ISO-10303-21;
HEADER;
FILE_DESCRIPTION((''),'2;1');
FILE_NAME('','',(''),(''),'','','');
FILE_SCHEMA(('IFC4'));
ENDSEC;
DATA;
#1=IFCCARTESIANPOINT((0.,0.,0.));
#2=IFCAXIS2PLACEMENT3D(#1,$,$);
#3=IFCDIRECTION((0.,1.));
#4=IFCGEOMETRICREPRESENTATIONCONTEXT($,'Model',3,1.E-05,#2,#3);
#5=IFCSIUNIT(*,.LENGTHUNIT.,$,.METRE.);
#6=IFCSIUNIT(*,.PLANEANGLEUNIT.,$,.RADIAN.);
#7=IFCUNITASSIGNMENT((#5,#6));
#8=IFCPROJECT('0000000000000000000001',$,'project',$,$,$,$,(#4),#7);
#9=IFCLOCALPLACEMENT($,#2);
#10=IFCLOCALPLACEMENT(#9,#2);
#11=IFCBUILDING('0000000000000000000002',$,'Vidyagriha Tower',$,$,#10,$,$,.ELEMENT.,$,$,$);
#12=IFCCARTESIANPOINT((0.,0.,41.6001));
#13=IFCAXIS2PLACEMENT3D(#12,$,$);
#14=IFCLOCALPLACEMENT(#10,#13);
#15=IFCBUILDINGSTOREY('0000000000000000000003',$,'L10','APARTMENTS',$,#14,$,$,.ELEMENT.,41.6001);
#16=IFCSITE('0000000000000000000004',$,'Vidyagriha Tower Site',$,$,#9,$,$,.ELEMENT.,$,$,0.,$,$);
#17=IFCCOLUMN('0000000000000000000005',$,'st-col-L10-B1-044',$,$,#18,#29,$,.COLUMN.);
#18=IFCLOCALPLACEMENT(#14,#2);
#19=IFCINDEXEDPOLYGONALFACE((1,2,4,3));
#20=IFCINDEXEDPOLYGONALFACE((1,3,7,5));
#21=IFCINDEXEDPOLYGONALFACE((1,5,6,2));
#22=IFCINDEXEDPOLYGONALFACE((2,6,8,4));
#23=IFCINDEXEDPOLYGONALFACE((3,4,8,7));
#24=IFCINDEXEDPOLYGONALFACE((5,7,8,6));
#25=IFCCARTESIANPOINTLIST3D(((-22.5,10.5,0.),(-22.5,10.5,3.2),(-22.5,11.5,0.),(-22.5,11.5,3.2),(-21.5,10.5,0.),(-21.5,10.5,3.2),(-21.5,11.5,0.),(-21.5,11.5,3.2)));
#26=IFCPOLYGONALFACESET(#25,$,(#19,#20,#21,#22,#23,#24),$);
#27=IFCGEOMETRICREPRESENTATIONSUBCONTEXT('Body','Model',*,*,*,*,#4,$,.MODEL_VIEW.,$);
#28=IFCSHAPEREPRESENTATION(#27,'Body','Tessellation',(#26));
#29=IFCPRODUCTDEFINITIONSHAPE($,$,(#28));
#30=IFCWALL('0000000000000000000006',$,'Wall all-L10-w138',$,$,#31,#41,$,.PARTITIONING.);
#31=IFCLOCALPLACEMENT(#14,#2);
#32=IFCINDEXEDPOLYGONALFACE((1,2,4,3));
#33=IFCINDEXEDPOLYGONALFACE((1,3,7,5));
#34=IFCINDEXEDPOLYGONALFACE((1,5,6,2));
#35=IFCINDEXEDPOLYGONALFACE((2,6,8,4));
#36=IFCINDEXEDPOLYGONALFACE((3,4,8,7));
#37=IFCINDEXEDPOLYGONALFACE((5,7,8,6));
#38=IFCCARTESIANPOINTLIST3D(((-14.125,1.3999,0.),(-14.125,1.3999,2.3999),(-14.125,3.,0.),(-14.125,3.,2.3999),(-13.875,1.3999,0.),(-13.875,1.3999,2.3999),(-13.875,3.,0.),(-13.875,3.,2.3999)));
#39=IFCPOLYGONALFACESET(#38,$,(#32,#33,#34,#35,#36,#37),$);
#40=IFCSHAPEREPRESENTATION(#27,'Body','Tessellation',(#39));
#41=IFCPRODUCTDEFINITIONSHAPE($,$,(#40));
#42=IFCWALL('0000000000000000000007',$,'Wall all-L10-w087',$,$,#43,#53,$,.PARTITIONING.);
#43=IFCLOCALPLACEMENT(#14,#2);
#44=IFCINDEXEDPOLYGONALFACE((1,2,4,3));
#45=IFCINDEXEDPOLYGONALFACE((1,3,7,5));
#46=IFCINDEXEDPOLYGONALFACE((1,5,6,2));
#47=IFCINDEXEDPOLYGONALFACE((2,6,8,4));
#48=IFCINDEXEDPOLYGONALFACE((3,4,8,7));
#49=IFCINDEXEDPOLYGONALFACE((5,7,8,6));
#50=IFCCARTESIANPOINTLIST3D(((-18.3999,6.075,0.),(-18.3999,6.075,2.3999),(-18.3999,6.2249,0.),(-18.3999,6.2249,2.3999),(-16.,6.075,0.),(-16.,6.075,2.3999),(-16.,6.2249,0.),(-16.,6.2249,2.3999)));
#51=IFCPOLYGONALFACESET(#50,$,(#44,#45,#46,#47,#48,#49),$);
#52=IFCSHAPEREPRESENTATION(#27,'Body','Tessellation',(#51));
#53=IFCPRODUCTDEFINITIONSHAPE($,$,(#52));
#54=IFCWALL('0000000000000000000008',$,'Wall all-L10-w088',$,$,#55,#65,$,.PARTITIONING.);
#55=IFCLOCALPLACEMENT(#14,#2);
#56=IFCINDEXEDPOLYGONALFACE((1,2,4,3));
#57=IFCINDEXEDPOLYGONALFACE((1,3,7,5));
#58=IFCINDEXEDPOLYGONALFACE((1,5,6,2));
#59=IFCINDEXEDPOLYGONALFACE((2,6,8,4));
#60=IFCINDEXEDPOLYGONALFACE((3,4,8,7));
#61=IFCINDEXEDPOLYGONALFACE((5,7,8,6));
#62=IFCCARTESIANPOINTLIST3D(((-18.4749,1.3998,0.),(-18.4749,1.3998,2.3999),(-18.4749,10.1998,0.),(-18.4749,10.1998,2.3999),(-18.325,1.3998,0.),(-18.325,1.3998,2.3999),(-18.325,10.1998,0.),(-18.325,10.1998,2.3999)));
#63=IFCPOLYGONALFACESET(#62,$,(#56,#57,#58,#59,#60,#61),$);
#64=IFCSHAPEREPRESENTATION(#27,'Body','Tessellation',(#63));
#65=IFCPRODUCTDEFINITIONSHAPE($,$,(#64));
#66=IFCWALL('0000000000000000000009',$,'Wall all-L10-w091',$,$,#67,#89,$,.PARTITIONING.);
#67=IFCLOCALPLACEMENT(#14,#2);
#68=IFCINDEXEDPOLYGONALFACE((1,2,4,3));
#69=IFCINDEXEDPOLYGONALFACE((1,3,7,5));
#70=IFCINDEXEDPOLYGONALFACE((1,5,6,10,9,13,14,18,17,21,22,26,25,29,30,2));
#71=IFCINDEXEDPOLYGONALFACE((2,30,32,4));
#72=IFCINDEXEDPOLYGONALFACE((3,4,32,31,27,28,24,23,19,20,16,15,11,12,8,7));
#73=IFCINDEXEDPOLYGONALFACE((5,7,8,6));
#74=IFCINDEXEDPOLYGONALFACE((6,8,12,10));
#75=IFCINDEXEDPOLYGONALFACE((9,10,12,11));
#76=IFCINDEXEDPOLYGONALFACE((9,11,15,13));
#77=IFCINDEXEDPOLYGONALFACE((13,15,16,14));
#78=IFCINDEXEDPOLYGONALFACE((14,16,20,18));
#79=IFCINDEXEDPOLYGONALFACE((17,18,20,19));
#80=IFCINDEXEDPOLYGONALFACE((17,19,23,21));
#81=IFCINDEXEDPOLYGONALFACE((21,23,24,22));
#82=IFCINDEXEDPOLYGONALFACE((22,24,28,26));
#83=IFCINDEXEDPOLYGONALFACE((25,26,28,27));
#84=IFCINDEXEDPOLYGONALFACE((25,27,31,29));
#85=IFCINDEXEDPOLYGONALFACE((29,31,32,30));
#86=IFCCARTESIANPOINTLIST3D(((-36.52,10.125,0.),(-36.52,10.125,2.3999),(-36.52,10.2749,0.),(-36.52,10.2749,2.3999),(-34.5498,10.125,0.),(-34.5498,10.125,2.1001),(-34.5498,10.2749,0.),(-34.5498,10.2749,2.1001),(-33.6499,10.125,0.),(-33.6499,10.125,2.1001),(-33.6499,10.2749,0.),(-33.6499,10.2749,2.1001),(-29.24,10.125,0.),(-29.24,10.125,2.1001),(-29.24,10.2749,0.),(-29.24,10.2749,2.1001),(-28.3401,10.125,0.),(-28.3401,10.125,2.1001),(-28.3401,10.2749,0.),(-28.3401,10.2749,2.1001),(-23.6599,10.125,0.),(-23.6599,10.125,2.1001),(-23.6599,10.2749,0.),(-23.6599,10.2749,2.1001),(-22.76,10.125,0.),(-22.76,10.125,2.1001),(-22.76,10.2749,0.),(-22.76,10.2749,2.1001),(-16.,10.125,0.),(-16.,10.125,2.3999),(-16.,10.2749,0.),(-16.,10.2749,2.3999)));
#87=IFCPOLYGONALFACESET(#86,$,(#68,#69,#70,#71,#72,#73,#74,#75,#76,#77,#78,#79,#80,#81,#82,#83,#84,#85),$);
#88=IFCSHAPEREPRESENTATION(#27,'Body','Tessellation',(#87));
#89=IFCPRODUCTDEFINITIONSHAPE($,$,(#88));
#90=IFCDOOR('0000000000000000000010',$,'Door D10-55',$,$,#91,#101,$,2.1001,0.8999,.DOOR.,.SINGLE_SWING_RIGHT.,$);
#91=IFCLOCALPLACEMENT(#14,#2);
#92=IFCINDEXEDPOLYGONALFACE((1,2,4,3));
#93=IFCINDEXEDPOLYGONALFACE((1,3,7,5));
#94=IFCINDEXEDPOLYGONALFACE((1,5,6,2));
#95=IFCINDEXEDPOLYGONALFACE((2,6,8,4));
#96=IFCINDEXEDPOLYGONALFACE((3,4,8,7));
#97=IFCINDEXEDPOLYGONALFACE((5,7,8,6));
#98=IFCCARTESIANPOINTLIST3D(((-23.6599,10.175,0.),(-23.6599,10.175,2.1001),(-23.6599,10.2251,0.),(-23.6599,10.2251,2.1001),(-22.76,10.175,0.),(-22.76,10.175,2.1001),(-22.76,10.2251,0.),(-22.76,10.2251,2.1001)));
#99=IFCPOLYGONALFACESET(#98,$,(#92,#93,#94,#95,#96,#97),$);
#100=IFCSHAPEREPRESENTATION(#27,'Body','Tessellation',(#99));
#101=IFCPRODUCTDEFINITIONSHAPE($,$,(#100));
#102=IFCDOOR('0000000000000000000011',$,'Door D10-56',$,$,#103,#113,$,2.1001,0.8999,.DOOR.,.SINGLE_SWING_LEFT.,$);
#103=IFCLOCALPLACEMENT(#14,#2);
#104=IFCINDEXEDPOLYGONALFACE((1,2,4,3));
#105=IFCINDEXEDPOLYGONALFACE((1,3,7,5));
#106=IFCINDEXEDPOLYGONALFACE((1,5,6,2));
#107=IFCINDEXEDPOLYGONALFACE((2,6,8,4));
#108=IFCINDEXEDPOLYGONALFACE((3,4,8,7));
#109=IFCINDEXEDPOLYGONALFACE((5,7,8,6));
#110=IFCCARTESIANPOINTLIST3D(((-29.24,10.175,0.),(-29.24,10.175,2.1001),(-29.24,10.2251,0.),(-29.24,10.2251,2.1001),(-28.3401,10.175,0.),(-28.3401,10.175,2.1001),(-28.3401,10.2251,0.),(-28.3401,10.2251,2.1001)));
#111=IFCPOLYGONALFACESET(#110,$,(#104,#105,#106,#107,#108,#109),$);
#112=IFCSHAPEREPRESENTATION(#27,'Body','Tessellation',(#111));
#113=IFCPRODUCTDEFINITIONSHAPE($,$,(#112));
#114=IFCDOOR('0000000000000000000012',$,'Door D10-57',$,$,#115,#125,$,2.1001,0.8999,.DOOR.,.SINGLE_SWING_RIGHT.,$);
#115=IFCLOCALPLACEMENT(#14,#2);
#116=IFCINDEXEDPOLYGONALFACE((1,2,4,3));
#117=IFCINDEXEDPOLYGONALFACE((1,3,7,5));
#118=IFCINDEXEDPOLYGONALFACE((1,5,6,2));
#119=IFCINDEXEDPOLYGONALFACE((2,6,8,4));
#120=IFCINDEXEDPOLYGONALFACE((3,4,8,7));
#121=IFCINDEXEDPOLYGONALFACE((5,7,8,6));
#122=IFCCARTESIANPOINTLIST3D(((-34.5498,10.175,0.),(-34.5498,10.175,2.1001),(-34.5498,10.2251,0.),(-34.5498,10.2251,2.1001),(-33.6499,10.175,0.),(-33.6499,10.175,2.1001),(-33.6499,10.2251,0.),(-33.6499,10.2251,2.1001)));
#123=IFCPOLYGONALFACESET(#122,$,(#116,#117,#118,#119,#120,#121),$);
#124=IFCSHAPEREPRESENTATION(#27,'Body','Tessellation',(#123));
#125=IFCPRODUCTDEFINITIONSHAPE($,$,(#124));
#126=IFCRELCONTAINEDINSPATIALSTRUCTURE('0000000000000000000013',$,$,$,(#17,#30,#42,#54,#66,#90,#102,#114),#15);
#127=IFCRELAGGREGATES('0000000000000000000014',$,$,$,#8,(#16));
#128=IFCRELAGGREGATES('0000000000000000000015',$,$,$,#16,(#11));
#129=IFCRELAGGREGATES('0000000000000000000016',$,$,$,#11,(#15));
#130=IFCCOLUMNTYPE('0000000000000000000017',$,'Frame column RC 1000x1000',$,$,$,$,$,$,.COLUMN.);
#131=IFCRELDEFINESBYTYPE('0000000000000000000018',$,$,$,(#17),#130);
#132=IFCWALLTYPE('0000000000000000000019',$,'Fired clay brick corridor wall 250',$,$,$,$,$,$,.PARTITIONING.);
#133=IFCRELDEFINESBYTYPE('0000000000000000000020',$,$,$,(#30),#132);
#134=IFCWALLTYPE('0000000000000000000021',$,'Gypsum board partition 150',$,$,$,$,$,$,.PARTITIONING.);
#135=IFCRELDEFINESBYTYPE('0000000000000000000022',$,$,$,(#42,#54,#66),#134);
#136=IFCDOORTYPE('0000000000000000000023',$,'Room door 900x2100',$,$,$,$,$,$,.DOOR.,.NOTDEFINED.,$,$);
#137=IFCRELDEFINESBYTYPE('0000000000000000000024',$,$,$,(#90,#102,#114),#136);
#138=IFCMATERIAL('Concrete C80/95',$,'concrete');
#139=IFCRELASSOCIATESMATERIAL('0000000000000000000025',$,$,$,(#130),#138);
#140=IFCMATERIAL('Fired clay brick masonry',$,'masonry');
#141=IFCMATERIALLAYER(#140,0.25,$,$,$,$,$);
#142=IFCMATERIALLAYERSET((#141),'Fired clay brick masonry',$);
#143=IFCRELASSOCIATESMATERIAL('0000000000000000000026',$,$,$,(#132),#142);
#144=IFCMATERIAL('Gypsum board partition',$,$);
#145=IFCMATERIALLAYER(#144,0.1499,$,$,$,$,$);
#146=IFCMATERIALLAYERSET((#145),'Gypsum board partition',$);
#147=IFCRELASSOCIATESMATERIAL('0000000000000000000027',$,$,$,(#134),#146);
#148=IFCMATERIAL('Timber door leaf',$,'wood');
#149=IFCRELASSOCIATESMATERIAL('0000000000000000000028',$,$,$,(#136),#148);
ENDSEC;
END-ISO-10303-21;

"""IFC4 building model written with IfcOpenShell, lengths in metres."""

from ifc_helpers import new_model, si_unit, direction, frame, frame_2d, origin, origin_2d, place, context, subcontext, project, spatial, rectangle, extrude, material, layer, layer_set, material_profile, profile_set, type_object, element, fill, save


model = new_model("IFC4")

# Units and contexts
model_context = context("Model", 3, precision=1e-05, world=origin(), true_north=direction((0.0, 1.0)))
body_context = subcontext(model_context, "Body", "Model", "MODEL_VIEW")
ifc_project = project(units=[si_unit("LENGTHUNIT", "METRE"), si_unit("PLANEANGLEUNIT", "RADIAN")], contexts=[model_context])

# Site, building, storey
site_placement = place(None, origin())
site = spatial("IfcSite", under=ifc_project, at=site_placement, Name="Vidyagriha Tower Site", CompositionType="ELEMENT", RefElevation=0.0)
building_placement = place(site_placement, origin())
building = spatial("IfcBuilding", under=site, at=building_placement, Name="Vidyagriha Tower", CompositionType="ELEMENT")
storey_placement = place(building_placement, frame((0.0, 0.0, 41.6001)))
storey = spatial("IfcBuildingStorey", under=building, at=storey_placement, Name="L10", Description="APARTMENTS", CompositionType="ELEMENT", Elevation=41.6001)

# Column
ifc_material_1 = material(Name="Concrete C80/95", Category="concrete")
ifc_material_profile = material_profile(ifc_material_1, rectangle(XDim=1.0, YDim=1.0, at=origin_2d()), Name="RC 1000x1000")
ifc_profile_set = profile_set([ifc_material_profile], Name="Concrete C80/95")
column_type = type_object("IfcColumnType", Name="Frame column RC 1000x1000", PredefinedType="COLUMN", material=ifc_profile_set)
column_placement = place(storey_placement, frame((-22.0, 11.0, 0.0)))
element("IfcColumn", 1, at=column_placement, inside=storey, type_object=column_type, Name="st-col-L10-B1-044", PredefinedType="COLUMN", context=body_context, shape_type="SweptSolid", body=[
    extrude(rectangle(XDim=1.0, YDim=1.0, at=origin_2d()), origin(), (0.0, 0.0, 1.0), 3.2),
])

# Walls
ifc_material_2 = material(Name="Fired clay brick masonry", Category="masonry")
ifc_layer_1 = layer(ifc_material_2, 0.25)
ifc_layer_set_1 = layer_set([ifc_layer_1], Name="Fired clay brick masonry")
wall_type_1 = type_object("IfcWallType", Name="Fired clay brick corridor wall 250", PredefinedType="PARTITIONING", material=ifc_layer_set_1)
wall_1_placement = place(storey_placement, frame((-14.0, 3.0, 0.0), z_axis=(0.0, 0.0, 1.0), x_axis=(0.0, -1.0, 0.0)))
element("IfcWall", 2, at=wall_1_placement, inside=storey, type_object=wall_type_1, Name="Wall all-L10-w138", PredefinedType="PARTITIONING", context=body_context, shape_type="SweptSolid", body=[
    extrude(rectangle(XDim=1.6001, YDim=0.25, at=frame_2d((0.8, 0.0))), origin(), (0.0, 0.0, 1.0), 2.3999),
])
ifc_material_3 = material(Name="Gypsum board partition")
ifc_layer_2 = layer(ifc_material_3, 0.1499)
ifc_layer_set_2 = layer_set([ifc_layer_2], Name="Gypsum board partition")
wall_type_2 = type_object("IfcWallType", Name="Gypsum board partition 150", PredefinedType="PARTITIONING", material=ifc_layer_set_2)
wall_2_placement = place(storey_placement, frame((-18.3999, 6.1499, 0.0)))
element("IfcWall", 3, at=wall_2_placement, inside=storey, type_object=wall_type_2, Name="Wall all-L10-w087", PredefinedType="PARTITIONING", context=body_context, shape_type="SweptSolid", body=[
    extrude(rectangle(XDim=2.3999, YDim=0.1499, at=frame_2d((1.2, 0.0))), origin(), (0.0, 0.0, 1.0), 2.3999),
])
wall_3_placement = place(storey_placement, frame((-18.3999, 1.3999, 0.0), z_axis=(0.0, 0.0, 1.0), x_axis=(0.0, 1.0, 0.0)))
element("IfcWall", 4, at=wall_3_placement, inside=storey, type_object=wall_type_2, Name="Wall all-L10-w088", PredefinedType="PARTITIONING", context=body_context, shape_type="SweptSolid", body=[
    extrude(rectangle(XDim=8.8, YDim=0.1499, at=frame_2d((4.3999, 0.0))), origin(), (0.0, 0.0, 1.0), 2.3999),
])

# Wall, openings, doors
wall_4_placement = place(storey_placement, frame((-16.0, 10.2, 0.0), z_axis=(0.0, 0.0, 1.0), x_axis=(-1.0, 0.0, 0.0)))
wall_4 = element("IfcWall", 5, at=wall_4_placement, inside=storey, type_object=wall_type_2, Name="Wall all-L10-w091", PredefinedType="PARTITIONING", context=body_context, shape_type="SweptSolid", body=[
    extrude(rectangle(XDim=20.52, YDim=0.1499, at=frame_2d((10.26, 0.0))), origin(), (0.0, 0.0, 1.0), 2.3999),
])
opening_1_placement = place(wall_4_placement, frame((6.76, 0.0, 0.0)))
opening_1 = element("IfcOpeningElement", 6, at=opening_1_placement, cuts=wall_4, PredefinedType="OPENING", context=body_context, shape_type="SweptSolid", body=[
    extrude(rectangle(XDim=0.8999, YDim=2.1001, at=frame_2d((0.45, 1.05))), frame((0.0, 0.085, 0.0), z_axis=(0.0, -1.0, 0.0), x_axis=(1.0, 0.0, 0.0)), (0.0, 0.0, 1.0), 0.1699),
])
opening_2_placement = place(wall_4_placement, frame((12.3401, 0.0, 0.0)))
opening_2 = element("IfcOpeningElement", 7, at=opening_2_placement, cuts=wall_4, PredefinedType="OPENING", context=body_context, shape_type="SweptSolid", body=[
    extrude(rectangle(XDim=0.8999, YDim=2.1001, at=frame_2d((0.45, 1.05))), frame((0.0, 0.085, 0.0), z_axis=(0.0, -1.0, 0.0), x_axis=(1.0, 0.0, 0.0)), (0.0, 0.0, 1.0), 0.1699),
])
opening_3_placement = place(wall_4_placement, frame((17.6499, 0.0, 0.0)))
opening_3 = element("IfcOpeningElement", 8, at=opening_3_placement, cuts=wall_4, PredefinedType="OPENING", context=body_context, shape_type="SweptSolid", body=[
    extrude(rectangle(XDim=0.8999, YDim=2.1001, at=frame_2d((0.45, 1.05))), frame((0.0, 0.085, 0.0), z_axis=(0.0, -1.0, 0.0), x_axis=(1.0, 0.0, 0.0)), (0.0, 0.0, 1.0), 0.1699),
])
ifc_material_4 = material(Name="Timber door leaf", Category="wood")
door_type_1 = type_object("IfcDoorType", Name="Room door 900x2100", OperationType="NOTDEFINED", PredefinedType="DOOR", material=ifc_material_4)
door_1_placement = place(opening_1_placement, origin())
door_1 = element("IfcDoor", 9, at=door_1_placement, inside=storey, type_object=door_type_1, Name="Door D10-55", OperationType="SINGLE_SWING_RIGHT", OverallHeight=2.1001, OverallWidth=0.8999, PredefinedType="DOOR", context=body_context, shape_type="SweptSolid", body=[
    extrude(rectangle(XDim=0.8999, YDim=2.1001, at=frame_2d((0.45, 1.05))), frame((0.0, 0.0249, 0.0), z_axis=(0.0, -1.0, 0.0), x_axis=(1.0, 0.0, 0.0)), (0.0, 0.0, 1.0), 0.05),
])
fill(opening_1, door_1)
door_2_placement = place(opening_2_placement, origin())
door_2 = element("IfcDoor", 10, at=door_2_placement, inside=storey, type_object=door_type_1, Name="Door D10-56", OperationType="SINGLE_SWING_LEFT", OverallHeight=2.1001, OverallWidth=0.8999, PredefinedType="DOOR", context=body_context, shape_type="SweptSolid", body=[
    extrude(rectangle(XDim=0.8999, YDim=2.1001, at=frame_2d((0.45, 1.05))), frame((0.0, 0.0249, 0.0), z_axis=(0.0, -1.0, 0.0), x_axis=(1.0, 0.0, 0.0)), (0.0, 0.0, 1.0), 0.05),
])
fill(opening_2, door_2)
door_3_placement = place(opening_3_placement, origin())
door_3 = element("IfcDoor", 11, at=door_3_placement, inside=storey, type_object=door_type_1, Name="Door D10-57", OperationType="SINGLE_SWING_RIGHT", OverallHeight=2.1001, OverallWidth=0.8999, PredefinedType="DOOR", context=body_context, shape_type="SweptSolid", body=[
    extrude(rectangle(XDim=0.8999, YDim=2.1001, at=frame_2d((0.45, 1.05))), frame((0.0, 0.0249, 0.0), z_axis=(0.0, -1.0, 0.0), x_axis=(1.0, 0.0, 0.0)), (0.0, 0.0, 1.0), 0.05),
])
fill(opening_3, door_3)

save(model, "model.ifc")
